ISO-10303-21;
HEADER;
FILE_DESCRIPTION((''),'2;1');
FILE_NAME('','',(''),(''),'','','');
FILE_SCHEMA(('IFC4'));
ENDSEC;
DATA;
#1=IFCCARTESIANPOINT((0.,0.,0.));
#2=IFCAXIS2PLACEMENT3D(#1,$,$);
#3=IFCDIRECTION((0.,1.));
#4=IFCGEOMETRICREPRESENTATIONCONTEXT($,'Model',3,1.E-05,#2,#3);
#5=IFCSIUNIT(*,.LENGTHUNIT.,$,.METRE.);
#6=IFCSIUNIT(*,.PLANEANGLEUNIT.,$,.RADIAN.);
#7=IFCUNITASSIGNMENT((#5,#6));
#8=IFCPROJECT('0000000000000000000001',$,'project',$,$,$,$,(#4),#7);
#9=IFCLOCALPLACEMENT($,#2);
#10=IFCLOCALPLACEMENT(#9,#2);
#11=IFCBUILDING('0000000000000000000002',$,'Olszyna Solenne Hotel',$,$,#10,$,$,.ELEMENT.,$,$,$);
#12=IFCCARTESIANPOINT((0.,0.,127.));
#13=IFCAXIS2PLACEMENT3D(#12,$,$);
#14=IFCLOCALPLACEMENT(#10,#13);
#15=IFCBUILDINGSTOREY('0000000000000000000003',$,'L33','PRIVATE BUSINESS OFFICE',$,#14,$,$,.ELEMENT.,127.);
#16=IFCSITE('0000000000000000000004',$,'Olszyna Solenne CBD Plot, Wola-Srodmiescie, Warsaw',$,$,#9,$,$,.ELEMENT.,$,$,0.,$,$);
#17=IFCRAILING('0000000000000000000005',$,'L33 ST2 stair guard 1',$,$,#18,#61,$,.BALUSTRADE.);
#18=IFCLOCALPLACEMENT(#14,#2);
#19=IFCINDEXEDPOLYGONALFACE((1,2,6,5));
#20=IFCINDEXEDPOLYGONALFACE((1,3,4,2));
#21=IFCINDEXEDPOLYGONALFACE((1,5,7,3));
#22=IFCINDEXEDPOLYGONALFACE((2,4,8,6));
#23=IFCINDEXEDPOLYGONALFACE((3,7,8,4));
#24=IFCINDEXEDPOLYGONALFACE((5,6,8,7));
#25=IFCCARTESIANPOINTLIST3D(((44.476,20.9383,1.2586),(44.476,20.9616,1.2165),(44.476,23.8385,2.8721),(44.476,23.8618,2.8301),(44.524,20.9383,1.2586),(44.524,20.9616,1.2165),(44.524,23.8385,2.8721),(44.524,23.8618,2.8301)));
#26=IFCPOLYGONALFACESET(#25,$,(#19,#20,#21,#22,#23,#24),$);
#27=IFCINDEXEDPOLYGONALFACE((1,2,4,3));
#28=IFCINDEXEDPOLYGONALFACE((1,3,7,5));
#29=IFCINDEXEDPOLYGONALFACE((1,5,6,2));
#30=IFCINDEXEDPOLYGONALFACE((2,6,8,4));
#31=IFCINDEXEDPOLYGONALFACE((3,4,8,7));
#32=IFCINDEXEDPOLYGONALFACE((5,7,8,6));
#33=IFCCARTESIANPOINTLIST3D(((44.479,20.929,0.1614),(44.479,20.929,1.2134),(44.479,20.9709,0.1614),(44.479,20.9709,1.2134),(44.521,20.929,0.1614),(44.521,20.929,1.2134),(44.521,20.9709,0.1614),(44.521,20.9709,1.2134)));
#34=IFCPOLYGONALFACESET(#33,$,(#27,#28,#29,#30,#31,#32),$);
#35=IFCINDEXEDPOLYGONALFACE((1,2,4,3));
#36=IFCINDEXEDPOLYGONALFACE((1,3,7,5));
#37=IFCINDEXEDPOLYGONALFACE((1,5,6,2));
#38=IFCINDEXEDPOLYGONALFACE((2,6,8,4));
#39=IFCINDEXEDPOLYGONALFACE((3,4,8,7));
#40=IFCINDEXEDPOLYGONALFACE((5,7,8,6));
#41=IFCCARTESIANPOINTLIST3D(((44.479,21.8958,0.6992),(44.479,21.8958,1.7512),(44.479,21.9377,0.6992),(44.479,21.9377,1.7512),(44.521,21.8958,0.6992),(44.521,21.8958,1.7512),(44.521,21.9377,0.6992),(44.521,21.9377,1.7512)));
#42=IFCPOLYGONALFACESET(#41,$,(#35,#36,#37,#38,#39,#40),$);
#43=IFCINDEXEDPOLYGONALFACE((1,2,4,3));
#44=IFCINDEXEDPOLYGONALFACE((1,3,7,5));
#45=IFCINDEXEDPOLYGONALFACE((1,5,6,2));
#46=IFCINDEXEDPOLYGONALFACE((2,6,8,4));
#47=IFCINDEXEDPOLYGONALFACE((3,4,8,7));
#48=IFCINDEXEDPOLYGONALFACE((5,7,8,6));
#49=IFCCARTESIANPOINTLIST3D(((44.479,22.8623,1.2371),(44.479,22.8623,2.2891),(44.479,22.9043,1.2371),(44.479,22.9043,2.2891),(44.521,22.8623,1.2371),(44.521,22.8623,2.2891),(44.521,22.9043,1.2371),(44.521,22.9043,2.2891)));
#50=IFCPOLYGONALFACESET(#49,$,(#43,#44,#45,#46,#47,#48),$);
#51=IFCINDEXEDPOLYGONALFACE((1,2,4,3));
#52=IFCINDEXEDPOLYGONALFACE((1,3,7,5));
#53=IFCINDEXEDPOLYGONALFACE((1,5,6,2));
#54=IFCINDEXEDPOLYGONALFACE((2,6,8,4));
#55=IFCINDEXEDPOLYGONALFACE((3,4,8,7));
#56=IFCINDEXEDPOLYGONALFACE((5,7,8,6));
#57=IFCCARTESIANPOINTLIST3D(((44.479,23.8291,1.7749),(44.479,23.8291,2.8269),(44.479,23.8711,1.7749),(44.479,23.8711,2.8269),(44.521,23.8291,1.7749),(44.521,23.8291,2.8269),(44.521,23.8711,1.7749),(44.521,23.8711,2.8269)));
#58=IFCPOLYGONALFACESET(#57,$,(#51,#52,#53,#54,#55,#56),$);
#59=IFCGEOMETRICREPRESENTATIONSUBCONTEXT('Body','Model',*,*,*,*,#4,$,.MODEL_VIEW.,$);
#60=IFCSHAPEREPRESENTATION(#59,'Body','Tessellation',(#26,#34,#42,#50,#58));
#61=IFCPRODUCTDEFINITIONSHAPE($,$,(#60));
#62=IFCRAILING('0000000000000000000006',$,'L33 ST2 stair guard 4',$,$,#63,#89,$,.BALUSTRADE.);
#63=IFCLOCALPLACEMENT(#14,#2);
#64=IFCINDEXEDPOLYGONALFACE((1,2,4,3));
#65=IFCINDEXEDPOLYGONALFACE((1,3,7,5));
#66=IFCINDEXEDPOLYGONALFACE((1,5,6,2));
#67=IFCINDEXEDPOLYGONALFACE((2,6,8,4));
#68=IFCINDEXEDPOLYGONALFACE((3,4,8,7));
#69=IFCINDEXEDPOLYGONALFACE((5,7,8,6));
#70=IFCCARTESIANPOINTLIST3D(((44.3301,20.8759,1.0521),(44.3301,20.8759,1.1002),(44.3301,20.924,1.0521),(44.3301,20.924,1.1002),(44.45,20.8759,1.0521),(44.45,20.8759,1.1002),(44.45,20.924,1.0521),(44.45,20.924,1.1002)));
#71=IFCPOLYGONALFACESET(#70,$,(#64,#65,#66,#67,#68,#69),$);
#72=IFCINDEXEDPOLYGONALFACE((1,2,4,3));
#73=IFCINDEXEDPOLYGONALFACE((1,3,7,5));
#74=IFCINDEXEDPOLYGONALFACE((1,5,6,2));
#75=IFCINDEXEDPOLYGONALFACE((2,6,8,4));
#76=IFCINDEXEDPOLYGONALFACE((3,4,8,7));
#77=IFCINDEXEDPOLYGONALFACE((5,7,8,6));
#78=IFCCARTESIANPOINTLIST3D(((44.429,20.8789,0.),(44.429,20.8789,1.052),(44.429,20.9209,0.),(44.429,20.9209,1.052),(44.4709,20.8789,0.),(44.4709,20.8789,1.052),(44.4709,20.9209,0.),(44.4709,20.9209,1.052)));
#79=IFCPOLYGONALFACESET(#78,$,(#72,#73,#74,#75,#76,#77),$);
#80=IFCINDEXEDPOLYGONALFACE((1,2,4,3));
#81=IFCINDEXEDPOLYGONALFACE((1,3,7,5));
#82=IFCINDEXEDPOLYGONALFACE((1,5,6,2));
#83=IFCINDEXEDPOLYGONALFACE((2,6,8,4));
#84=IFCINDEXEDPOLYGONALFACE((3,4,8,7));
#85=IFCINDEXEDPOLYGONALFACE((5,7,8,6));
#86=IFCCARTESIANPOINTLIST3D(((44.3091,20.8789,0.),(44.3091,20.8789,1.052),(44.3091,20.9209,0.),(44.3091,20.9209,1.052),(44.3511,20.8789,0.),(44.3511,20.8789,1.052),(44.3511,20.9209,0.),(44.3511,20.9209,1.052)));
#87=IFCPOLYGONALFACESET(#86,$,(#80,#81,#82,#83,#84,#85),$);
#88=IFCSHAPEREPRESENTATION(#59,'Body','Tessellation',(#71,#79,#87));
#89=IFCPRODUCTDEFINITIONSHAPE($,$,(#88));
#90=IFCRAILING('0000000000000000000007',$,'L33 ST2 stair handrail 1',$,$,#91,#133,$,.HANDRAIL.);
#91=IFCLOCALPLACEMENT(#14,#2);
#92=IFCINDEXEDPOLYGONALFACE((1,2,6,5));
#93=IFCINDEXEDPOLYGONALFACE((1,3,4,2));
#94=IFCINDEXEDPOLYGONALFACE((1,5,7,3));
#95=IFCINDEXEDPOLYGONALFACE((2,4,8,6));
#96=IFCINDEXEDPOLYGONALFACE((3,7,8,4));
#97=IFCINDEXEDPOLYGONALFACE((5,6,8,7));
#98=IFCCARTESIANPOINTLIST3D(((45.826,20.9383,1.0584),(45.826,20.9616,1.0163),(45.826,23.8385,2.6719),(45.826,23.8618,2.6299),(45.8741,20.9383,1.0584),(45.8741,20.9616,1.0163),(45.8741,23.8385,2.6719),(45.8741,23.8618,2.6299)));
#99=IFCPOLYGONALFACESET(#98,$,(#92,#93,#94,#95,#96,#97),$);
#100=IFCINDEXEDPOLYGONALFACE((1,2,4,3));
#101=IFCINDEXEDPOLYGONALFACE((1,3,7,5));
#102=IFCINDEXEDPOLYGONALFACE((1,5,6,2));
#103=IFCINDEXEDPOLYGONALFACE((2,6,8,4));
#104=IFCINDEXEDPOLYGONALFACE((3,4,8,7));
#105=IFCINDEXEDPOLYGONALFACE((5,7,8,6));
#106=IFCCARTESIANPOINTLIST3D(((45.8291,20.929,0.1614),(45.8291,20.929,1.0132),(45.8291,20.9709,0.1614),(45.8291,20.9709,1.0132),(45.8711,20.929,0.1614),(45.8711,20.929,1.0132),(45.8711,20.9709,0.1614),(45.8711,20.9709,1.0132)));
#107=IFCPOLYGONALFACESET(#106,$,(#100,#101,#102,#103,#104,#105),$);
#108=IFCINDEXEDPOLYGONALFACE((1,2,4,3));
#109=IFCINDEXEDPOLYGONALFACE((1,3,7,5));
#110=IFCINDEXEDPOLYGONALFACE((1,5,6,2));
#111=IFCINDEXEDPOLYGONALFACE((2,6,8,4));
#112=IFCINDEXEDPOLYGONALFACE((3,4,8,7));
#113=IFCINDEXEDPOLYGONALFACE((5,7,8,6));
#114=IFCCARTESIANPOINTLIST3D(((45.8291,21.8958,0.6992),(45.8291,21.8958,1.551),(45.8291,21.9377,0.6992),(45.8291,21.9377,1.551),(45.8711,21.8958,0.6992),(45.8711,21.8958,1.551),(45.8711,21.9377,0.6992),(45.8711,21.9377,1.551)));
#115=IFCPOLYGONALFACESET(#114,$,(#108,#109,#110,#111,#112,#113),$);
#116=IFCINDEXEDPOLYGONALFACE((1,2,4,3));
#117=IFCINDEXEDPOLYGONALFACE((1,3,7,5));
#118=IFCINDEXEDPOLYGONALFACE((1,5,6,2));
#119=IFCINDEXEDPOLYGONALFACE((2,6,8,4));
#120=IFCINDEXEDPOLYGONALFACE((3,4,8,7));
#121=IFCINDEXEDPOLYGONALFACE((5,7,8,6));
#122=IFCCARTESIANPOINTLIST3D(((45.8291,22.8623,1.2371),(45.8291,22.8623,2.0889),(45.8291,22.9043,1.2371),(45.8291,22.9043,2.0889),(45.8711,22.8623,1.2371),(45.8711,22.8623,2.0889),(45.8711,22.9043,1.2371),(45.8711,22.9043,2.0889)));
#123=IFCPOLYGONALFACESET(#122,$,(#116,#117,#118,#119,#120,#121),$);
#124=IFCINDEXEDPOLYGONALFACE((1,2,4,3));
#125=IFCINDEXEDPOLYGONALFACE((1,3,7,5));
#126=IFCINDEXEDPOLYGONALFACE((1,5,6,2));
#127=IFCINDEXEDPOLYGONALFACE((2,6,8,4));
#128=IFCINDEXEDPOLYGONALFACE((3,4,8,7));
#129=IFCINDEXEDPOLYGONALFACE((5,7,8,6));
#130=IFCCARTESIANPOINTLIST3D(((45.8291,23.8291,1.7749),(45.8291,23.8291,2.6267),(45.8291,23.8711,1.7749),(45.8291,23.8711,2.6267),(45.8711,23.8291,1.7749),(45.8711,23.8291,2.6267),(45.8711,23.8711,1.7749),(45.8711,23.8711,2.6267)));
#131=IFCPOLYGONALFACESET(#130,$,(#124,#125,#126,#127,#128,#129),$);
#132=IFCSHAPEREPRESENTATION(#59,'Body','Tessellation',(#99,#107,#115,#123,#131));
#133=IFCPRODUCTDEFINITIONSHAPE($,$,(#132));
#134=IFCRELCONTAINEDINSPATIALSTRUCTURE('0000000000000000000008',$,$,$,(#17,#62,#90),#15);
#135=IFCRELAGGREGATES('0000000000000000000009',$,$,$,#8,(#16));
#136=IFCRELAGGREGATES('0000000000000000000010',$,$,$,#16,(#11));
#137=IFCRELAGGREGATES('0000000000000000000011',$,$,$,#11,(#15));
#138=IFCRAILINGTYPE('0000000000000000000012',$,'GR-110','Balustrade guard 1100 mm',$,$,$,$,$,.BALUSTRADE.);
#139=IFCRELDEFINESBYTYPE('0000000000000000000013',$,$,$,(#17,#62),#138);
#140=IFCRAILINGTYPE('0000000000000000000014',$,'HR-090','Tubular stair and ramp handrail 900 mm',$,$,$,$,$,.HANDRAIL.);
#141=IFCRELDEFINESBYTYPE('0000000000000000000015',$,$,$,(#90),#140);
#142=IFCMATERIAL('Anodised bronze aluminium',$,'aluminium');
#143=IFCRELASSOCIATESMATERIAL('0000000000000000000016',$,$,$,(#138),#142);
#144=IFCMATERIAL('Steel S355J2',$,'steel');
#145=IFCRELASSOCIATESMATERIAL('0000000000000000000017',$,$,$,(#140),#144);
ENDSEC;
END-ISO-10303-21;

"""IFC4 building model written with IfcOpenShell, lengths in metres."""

from ifc_helpers import new_model, si_unit, direction, frame, origin, origin_2d, place, context, subcontext, project, spatial, rectangle, extrude, material, type_object, element, save


model = new_model("IFC4")

# Units and contexts
model_context = context("Model", 3, precision=1e-05, world=origin(), true_north=direction((0.0, 1.0)))
body_context = subcontext(model_context, "Body", "Model", "MODEL_VIEW")
ifc_project = project(units=[si_unit("LENGTHUNIT", "METRE"), si_unit("PLANEANGLEUNIT", "RADIAN")], contexts=[model_context])

# Site, building, storey
site_placement = place(None, origin())
site = spatial("IfcSite", under=ifc_project, at=site_placement, Name="Olszyna Solenne CBD Plot, Wola-Srodmiescie, Warsaw", CompositionType="ELEMENT", RefElevation=0.0)
building_placement = place(site_placement, origin())
building = spatial("IfcBuilding", under=site, at=building_placement, Name="Olszyna Solenne Hotel", CompositionType="ELEMENT")
storey_placement = place(building_placement, frame((0.0, 0.0, 127.0)))
storey = spatial("IfcBuildingStorey", under=building, at=storey_placement, Name="L33", Description="PRIVATE BUSINESS OFFICE", CompositionType="ELEMENT", Elevation=127.0)

# Shared definitions
ifc_material_1 = material(Name="Steel S355J2", Category="steel")

# Shared definitions
ifc_material_2 = material(Name="Anodised bronze aluminium", Category="aluminium")

# Railings
railing_type_1 = type_object("IfcRailingType", Name="GR-110", Description="Balustrade guard 1100 mm", PredefinedType="BALUSTRADE", material=ifc_material_2)
railing_1_placement = place(storey_placement, frame((44.5, 20.95, 0.1614)))
element("IfcRailing", 1, at=railing_1_placement, inside=storey, type_object=railing_type_1, Name="L33 ST2 stair guard 1", PredefinedType="BALUSTRADE", context=body_context, shape_type="SweptSolid", body=[
    extrude(rectangle(XDim=0.0481, YDim=0.0481, at=origin_2d()), frame((0.0, 0.0, 1.0762), z_axis=(0.0, 0.873859, 0.48618), x_axis=(-1.0, 0.0, 0.0)), (0.0, 0.0, 1.0), 3.3188),
    extrude(rectangle(XDim=0.042, YDim=0.042, at=origin_2d()), origin(), (0.0, 0.0, 1.0), 1.052),
    extrude(rectangle(XDim=0.042, YDim=0.042, at=origin_2d()), frame((0.0, 0.9668, 0.5378)), (0.0, 0.0, 1.0), 1.052),
    extrude(rectangle(XDim=0.042, YDim=0.042, at=origin_2d()), frame((0.0, 1.9333, 1.0757)), (0.0, 0.0, 1.0), 1.052),
    extrude(rectangle(XDim=0.042, YDim=0.042, at=origin_2d()), frame((0.0, 2.9001, 1.6135)), (0.0, 0.0, 1.0), 1.052),
])
railing_2_placement = place(storey_placement, frame((44.45, 20.8999, 0.0)))
element("IfcRailing", 2, at=railing_2_placement, inside=storey, type_object=railing_type_1, Name="L33 ST2 stair guard 4", PredefinedType="BALUSTRADE", context=body_context, shape_type="SweptSolid", body=[
    extrude(rectangle(XDim=0.0481, YDim=0.0481, at=origin_2d()), frame((0.0, 0.0, 1.0762), z_axis=(-1.0, 0.0, 0.0), x_axis=(0.0, -1.0, 0.0)), (0.0, 0.0, 1.0), 0.1199),
    extrude(rectangle(XDim=0.042, YDim=0.042, at=origin_2d()), origin(), (0.0, 0.0, 1.0), 1.052),
    extrude(rectangle(XDim=0.042, YDim=0.042, at=origin_2d()), frame((-0.1199, 0.0, 0.0)), (0.0, 0.0, 1.0), 1.052),
])
railing_type_2 = type_object("IfcRailingType", Name="HR-090", Description="Tubular stair and ramp handrail 900 mm", PredefinedType="HANDRAIL", material=ifc_material_1)
railing_3_placement = place(storey_placement, frame((45.8501, 20.95, 0.1614)))
element("IfcRailing", 3, at=railing_3_placement, inside=storey, type_object=railing_type_2, Name="L33 ST2 stair handrail 1", PredefinedType="HANDRAIL", context=body_context, shape_type="SweptSolid", body=[
    extrude(rectangle(XDim=0.0481, YDim=0.0481, at=origin_2d()), frame((0.0, 0.0, 0.876), z_axis=(0.0, 0.873859, 0.48618), x_axis=(-1.0, 0.0, 0.0)), (0.0, 0.0, 1.0), 3.3188),
    extrude(rectangle(XDim=0.042, YDim=0.042, at=origin_2d()), origin(), (0.0, 0.0, 1.0), 0.8518),
    extrude(rectangle(XDim=0.042, YDim=0.042, at=origin_2d()), frame((0.0, 0.9668, 0.5378)), (0.0, 0.0, 1.0), 0.8518),
    extrude(rectangle(XDim=0.042, YDim=0.042, at=origin_2d()), frame((0.0, 1.9333, 1.0757)), (0.0, 0.0, 1.0), 0.8518),
    extrude(rectangle(XDim=0.042, YDim=0.042, at=origin_2d()), frame((0.0, 2.9001, 1.6135)), (0.0, 0.0, 1.0), 0.8518),
])

save(model, "model.ifc")
